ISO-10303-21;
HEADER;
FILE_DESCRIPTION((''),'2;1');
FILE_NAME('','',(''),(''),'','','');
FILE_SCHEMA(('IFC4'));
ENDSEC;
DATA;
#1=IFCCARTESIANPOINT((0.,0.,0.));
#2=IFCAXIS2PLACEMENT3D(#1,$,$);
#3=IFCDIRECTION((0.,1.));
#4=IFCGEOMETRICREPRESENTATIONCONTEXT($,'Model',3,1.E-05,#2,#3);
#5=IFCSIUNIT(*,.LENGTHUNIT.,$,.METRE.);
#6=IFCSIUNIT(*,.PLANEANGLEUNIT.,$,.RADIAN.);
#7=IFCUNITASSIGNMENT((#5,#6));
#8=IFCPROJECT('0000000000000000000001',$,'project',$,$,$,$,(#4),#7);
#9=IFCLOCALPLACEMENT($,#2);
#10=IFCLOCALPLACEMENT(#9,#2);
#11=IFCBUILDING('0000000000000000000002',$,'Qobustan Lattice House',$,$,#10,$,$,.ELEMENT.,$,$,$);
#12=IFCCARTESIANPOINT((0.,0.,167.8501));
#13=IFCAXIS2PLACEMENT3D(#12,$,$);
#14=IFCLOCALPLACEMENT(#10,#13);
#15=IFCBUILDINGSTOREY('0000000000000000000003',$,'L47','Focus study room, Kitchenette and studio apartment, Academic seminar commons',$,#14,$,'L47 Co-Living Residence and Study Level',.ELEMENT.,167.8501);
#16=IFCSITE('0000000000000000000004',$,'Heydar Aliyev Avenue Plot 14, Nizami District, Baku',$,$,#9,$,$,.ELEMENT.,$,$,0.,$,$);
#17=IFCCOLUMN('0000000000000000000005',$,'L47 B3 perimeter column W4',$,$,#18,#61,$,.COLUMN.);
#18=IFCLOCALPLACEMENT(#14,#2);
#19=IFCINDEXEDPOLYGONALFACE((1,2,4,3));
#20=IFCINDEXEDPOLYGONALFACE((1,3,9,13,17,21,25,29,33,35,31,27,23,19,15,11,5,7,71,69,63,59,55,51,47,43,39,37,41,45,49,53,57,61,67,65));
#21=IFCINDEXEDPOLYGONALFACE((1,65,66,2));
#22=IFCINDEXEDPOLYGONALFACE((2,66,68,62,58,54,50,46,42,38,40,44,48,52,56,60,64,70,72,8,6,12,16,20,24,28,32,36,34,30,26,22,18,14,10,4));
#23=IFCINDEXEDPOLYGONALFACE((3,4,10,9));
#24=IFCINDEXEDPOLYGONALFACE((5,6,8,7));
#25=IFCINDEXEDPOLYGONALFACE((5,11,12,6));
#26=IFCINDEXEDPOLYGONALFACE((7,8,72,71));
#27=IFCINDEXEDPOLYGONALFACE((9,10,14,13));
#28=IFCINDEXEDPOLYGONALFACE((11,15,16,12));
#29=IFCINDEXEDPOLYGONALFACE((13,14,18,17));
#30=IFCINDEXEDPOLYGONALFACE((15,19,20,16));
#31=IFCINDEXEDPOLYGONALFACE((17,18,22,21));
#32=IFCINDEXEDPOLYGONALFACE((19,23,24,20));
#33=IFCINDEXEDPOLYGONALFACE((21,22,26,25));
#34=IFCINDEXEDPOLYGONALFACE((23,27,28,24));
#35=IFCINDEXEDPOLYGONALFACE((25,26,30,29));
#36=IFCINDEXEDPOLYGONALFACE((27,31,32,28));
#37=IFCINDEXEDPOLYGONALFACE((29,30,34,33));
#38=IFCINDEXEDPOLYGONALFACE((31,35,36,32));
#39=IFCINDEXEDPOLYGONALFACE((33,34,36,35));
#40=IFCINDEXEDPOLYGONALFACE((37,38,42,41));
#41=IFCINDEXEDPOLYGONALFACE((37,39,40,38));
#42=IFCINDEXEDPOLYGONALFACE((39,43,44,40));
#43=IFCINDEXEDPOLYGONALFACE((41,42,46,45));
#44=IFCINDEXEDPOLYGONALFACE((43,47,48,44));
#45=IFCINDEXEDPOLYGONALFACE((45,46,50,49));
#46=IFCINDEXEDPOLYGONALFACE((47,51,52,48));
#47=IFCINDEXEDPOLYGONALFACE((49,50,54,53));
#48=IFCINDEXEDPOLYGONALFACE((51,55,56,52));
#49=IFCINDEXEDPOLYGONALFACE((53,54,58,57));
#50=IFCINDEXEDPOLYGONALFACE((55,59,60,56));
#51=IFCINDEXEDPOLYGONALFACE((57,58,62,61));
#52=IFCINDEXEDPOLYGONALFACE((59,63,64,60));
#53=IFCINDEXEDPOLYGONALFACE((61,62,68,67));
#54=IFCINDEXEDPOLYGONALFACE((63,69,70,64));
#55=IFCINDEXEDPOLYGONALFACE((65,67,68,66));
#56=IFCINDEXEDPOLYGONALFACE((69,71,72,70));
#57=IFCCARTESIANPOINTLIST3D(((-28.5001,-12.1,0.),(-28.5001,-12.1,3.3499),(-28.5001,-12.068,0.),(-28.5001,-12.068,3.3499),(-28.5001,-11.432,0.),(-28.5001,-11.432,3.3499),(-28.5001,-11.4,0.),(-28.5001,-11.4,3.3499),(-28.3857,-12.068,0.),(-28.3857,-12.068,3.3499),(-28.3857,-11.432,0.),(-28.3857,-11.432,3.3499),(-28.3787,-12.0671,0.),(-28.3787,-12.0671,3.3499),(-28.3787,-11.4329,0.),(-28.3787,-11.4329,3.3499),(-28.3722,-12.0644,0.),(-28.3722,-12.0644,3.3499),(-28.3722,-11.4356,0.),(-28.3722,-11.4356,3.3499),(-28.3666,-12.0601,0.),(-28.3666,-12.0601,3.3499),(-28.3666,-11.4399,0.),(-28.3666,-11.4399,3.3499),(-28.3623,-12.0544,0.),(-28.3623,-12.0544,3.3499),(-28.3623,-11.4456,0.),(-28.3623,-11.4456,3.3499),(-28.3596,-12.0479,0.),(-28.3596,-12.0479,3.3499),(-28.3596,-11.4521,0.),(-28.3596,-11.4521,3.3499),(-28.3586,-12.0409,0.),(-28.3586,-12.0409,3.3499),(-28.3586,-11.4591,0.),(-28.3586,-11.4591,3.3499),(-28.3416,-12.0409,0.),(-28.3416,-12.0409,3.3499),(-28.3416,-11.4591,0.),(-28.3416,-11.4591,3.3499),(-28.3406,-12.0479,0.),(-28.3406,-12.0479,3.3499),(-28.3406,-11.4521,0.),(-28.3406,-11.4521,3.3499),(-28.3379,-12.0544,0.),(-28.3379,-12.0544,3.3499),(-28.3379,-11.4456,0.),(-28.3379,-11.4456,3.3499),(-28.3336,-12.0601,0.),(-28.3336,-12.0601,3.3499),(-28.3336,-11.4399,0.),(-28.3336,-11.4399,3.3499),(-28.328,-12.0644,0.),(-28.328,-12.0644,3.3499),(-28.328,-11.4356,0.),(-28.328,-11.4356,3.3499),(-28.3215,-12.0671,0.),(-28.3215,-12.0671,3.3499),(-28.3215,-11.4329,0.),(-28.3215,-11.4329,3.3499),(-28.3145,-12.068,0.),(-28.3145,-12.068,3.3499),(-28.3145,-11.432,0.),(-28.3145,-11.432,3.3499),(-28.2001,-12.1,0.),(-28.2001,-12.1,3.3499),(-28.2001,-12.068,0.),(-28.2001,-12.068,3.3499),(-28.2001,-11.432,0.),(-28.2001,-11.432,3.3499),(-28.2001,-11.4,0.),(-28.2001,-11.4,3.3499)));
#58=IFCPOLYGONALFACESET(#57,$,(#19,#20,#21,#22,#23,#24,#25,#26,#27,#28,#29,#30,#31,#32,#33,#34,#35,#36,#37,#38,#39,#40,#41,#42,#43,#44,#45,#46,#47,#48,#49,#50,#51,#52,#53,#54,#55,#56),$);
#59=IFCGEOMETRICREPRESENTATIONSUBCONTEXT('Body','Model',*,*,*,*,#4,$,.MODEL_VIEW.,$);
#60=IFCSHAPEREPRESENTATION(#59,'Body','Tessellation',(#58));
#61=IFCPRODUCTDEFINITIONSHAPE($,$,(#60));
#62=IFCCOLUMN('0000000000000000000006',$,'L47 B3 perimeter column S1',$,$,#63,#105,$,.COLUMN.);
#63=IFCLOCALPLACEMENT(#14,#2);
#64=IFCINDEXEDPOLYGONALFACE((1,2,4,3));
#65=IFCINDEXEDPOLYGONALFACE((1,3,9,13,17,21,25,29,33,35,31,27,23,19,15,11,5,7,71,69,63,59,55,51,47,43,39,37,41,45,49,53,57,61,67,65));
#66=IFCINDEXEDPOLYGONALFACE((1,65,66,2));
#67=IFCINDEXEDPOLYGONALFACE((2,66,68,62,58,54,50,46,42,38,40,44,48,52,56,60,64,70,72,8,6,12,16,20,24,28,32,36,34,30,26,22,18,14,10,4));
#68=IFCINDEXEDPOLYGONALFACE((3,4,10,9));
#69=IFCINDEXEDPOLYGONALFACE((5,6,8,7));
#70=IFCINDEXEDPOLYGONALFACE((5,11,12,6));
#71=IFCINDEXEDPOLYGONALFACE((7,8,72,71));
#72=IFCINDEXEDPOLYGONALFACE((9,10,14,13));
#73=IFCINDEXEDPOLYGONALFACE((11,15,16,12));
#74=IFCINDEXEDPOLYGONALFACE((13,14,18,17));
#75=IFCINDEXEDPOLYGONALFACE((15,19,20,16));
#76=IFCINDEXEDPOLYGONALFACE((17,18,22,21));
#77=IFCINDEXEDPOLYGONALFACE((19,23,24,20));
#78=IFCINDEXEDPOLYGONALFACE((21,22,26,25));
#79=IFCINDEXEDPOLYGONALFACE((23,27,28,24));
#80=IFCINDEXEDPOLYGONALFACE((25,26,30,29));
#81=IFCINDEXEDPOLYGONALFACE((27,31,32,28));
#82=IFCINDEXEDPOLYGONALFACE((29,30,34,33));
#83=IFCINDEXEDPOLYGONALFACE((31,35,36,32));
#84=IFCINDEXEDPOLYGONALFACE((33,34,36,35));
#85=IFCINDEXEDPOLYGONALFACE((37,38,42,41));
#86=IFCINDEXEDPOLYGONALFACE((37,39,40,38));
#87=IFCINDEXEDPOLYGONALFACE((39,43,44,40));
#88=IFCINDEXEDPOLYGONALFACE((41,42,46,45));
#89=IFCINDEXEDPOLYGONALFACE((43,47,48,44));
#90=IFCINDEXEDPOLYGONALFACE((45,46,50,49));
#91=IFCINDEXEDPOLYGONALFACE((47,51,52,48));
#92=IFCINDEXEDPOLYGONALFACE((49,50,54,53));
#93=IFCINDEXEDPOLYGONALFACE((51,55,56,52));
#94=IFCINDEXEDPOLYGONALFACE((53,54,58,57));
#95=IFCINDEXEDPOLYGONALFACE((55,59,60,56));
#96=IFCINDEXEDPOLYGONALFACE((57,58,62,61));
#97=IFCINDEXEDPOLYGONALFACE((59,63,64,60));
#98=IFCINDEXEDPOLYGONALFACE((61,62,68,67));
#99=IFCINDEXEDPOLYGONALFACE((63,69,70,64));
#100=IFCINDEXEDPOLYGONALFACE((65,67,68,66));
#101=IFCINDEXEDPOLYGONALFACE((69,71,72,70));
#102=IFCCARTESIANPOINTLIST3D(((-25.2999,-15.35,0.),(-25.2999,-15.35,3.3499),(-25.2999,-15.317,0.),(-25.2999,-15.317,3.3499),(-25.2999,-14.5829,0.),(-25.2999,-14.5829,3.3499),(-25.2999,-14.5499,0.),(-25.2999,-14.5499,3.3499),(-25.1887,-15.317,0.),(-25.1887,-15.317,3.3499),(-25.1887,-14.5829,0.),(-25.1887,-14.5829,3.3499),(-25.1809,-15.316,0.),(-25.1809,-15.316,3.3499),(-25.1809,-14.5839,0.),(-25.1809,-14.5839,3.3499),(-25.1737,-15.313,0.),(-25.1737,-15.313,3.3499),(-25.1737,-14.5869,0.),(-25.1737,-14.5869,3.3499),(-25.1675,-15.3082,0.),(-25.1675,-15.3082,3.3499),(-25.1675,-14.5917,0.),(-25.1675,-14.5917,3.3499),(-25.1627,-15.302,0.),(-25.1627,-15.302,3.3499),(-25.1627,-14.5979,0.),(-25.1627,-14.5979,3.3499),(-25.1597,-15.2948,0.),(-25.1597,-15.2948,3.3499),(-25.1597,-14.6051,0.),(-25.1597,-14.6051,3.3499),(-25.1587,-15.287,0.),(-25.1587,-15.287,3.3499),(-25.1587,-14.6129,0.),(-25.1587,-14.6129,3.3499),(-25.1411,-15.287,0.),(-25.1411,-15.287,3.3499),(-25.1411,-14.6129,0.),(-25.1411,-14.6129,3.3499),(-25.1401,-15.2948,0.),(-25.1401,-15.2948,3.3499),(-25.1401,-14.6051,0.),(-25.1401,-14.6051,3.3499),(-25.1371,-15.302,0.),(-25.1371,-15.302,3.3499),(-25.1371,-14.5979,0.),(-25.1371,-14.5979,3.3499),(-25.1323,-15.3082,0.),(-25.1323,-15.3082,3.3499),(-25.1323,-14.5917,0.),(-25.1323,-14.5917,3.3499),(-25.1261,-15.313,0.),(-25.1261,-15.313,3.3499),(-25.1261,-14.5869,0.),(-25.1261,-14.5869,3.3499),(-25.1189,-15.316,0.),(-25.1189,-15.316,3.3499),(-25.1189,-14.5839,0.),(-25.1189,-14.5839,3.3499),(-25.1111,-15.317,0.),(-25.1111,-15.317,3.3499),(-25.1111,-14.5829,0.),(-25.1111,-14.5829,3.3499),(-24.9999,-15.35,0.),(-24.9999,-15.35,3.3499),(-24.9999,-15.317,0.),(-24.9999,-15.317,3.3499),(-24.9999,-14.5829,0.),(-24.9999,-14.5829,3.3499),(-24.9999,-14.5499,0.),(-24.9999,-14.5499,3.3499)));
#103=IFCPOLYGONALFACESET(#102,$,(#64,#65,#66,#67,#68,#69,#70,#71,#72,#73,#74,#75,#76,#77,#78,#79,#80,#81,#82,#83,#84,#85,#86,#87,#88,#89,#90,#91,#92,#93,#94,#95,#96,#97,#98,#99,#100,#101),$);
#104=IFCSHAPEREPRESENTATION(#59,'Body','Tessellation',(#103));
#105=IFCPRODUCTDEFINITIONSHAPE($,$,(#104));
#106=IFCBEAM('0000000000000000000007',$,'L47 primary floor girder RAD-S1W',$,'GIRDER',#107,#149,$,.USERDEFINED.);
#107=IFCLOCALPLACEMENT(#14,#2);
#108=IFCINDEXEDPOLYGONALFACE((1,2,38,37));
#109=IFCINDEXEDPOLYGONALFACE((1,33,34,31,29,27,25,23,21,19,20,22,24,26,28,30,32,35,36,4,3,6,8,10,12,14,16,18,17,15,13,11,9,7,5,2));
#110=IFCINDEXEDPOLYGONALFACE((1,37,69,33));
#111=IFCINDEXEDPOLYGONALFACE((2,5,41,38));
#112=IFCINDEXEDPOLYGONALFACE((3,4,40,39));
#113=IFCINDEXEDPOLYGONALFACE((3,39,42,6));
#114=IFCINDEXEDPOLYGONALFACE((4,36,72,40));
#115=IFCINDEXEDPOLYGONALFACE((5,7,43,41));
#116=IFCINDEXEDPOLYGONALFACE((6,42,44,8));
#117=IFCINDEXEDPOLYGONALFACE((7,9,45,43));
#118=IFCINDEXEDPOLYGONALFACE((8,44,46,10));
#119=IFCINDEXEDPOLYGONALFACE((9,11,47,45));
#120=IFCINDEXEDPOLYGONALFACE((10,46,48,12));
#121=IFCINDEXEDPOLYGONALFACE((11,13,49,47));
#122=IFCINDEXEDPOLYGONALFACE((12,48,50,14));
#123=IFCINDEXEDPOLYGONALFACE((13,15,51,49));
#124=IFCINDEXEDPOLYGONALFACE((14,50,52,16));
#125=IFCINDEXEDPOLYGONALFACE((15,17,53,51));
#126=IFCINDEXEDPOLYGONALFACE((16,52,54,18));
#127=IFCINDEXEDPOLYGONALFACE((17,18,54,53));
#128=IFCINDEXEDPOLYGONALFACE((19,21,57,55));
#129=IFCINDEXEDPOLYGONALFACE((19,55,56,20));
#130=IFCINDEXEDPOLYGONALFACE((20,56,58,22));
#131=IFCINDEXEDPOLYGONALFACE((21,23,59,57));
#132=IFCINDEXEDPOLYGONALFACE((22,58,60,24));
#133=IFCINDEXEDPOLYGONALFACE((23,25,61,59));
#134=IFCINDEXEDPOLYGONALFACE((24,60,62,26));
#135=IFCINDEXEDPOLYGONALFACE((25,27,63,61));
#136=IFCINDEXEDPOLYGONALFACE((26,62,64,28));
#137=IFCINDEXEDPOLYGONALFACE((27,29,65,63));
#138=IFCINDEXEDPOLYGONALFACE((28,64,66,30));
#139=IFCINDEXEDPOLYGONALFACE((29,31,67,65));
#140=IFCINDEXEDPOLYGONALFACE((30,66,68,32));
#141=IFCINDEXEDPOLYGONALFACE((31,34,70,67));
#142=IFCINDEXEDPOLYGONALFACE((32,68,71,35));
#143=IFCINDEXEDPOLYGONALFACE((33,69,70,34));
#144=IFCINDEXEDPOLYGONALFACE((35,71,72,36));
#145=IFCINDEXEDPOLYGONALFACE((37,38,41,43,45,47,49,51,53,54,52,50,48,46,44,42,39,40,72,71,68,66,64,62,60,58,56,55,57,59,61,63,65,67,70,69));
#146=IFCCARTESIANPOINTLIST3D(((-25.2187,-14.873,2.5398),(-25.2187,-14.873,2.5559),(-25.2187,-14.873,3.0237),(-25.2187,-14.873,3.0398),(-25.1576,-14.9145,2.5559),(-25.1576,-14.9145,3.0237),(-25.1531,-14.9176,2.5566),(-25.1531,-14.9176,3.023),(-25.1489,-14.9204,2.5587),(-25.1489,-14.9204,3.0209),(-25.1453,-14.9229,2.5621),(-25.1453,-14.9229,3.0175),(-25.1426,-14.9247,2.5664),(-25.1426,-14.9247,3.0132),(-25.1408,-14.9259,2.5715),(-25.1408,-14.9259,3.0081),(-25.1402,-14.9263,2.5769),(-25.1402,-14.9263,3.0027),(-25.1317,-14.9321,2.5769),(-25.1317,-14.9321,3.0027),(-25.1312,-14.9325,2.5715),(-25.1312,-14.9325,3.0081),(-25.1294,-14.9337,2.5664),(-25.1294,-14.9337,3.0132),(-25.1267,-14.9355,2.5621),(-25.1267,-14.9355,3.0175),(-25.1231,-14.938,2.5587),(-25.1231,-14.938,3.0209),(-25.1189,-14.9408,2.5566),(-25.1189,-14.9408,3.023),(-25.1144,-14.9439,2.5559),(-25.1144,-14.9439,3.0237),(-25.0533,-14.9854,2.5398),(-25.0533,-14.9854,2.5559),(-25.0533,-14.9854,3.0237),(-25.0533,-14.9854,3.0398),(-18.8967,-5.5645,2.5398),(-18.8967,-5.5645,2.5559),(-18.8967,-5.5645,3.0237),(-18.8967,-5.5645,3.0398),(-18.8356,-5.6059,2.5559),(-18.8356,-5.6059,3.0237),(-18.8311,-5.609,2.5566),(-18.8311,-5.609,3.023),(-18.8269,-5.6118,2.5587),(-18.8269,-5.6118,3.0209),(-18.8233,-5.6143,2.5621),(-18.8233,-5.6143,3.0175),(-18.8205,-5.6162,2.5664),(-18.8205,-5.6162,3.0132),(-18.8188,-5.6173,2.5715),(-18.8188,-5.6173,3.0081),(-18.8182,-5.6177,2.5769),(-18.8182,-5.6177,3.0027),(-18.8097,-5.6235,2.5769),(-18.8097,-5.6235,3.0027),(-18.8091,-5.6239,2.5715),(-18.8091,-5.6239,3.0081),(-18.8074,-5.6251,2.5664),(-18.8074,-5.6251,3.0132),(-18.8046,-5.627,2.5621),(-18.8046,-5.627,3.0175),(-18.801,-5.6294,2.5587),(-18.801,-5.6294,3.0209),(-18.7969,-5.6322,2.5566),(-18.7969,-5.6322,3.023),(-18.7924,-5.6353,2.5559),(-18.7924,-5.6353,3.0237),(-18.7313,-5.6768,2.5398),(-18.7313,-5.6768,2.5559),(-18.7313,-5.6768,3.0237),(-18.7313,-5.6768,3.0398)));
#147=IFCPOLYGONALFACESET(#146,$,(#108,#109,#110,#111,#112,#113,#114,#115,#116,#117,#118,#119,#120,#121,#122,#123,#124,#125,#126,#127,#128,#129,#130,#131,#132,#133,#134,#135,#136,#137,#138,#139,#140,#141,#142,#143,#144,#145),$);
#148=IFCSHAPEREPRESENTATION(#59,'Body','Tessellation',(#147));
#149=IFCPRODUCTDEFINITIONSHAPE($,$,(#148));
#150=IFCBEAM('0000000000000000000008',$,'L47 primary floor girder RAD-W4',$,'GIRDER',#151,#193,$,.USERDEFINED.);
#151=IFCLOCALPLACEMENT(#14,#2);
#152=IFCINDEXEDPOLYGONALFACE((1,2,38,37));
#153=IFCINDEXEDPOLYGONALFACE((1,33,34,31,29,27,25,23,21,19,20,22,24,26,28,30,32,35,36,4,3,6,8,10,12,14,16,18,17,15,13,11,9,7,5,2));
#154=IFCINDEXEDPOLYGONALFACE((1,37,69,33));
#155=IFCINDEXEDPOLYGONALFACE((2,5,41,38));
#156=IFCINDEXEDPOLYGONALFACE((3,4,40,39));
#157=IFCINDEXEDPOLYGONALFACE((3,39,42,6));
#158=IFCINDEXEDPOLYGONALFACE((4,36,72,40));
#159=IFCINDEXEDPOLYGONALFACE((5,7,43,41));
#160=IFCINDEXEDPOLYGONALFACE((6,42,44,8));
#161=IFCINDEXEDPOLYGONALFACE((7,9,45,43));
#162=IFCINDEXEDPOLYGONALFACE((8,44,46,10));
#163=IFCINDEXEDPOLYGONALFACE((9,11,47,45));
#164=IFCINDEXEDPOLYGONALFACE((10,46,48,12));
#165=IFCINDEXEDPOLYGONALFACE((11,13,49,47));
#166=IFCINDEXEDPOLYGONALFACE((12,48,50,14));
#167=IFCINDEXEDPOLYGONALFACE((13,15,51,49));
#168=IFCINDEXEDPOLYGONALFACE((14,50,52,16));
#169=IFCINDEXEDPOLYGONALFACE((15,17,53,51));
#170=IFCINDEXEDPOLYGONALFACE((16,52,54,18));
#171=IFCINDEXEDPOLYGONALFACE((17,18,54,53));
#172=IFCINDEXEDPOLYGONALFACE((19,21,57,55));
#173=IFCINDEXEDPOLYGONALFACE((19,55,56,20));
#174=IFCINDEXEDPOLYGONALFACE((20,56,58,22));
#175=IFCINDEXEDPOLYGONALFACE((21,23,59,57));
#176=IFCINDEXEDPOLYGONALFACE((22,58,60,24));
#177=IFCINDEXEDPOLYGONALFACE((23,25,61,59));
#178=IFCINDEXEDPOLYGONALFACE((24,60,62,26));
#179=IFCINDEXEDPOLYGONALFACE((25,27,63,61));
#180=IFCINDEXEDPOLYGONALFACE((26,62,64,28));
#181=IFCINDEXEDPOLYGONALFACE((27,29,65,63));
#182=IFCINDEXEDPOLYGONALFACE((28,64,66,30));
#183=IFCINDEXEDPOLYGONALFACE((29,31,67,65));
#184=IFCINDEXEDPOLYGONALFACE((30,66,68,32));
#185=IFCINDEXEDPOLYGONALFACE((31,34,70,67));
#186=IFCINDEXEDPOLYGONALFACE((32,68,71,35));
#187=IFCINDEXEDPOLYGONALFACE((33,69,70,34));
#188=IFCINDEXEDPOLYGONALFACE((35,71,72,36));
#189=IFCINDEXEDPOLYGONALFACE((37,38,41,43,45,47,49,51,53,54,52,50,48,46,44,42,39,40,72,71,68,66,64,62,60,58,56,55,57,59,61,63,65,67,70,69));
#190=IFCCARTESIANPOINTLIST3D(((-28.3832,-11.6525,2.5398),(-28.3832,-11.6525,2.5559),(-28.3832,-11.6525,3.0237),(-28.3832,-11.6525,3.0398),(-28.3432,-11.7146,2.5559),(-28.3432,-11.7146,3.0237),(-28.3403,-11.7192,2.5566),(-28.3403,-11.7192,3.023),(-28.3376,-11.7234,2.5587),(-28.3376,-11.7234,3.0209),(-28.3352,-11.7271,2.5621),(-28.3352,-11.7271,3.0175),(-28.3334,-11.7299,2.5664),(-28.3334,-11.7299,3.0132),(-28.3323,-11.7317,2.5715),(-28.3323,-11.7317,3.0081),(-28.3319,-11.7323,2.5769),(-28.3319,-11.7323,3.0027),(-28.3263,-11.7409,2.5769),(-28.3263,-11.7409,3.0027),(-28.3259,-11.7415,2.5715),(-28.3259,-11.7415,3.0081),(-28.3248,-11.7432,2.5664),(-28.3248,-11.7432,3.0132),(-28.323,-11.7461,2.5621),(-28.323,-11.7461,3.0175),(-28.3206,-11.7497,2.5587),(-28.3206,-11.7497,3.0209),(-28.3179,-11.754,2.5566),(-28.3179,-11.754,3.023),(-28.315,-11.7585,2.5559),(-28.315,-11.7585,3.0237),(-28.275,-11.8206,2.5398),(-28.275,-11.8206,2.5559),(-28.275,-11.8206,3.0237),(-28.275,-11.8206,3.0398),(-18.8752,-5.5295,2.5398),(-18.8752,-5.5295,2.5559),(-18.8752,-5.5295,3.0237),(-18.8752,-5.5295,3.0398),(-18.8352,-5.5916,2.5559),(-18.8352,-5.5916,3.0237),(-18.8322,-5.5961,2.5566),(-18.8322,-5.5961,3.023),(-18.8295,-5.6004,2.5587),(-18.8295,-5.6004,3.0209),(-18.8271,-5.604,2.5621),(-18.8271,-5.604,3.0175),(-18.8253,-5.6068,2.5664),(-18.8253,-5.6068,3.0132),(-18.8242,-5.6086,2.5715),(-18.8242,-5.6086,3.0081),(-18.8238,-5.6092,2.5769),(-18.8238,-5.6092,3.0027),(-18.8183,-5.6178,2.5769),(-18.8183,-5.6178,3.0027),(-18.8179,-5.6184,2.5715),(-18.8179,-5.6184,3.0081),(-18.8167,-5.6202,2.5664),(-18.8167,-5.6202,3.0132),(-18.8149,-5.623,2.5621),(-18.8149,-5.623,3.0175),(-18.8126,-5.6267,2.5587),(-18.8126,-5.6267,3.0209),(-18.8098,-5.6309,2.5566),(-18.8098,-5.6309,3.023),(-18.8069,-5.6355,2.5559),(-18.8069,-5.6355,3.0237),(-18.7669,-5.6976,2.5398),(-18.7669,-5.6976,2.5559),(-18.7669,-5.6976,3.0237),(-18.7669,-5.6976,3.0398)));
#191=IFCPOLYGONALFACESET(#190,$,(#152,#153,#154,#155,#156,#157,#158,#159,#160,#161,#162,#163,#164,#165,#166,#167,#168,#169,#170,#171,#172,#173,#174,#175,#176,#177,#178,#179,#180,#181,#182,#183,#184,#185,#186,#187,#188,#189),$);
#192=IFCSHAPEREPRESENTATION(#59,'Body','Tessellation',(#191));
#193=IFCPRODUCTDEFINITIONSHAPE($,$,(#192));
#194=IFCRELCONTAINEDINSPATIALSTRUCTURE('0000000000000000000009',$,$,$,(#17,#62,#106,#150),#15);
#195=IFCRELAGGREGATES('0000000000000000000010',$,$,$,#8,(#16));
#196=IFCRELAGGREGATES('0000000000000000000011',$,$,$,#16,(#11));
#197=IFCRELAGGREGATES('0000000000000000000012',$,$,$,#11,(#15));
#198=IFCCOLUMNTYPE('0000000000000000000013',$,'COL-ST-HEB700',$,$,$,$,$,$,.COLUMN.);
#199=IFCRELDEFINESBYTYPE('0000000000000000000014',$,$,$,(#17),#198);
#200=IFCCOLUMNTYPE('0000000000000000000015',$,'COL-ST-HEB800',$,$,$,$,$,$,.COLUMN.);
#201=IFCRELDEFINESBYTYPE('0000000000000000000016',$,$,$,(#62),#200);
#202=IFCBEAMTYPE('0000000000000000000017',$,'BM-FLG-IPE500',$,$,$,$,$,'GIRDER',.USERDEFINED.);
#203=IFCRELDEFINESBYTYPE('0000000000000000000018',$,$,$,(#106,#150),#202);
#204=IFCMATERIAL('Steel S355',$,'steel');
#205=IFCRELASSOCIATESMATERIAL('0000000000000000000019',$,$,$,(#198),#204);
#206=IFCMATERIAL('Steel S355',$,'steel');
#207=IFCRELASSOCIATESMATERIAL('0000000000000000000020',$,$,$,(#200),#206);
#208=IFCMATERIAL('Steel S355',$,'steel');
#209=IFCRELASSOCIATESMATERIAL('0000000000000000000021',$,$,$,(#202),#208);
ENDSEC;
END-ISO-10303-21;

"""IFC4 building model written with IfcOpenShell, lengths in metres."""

from ifc_helpers import new_model, si_unit, direction, frame, origin, origin_2d, place, context, subcontext, project, spatial, i_section, extrude, material, material_profile, profile_set, type_object, element, save


model = new_model("IFC4")

# Units and contexts
model_context = context("Model", 3, precision=1e-05, world=origin(), true_north=direction((0.0, 1.0)))
body_context = subcontext(model_context, "Body", "Model", "MODEL_VIEW")
ifc_project = project(units=[si_unit("LENGTHUNIT", "METRE"), si_unit("PLANEANGLEUNIT", "RADIAN")], contexts=[model_context])

# Site, building, storey
site_placement = place(None, origin())
site = spatial("IfcSite", under=ifc_project, at=site_placement, Name="Heydar Aliyev Avenue Plot 14, Nizami District, Baku", CompositionType="ELEMENT", RefElevation=0.0)
building_placement = place(site_placement, origin())
building = spatial("IfcBuilding", under=site, at=building_placement, Name="Qobustan Lattice House", CompositionType="ELEMENT")
storey_placement = place(building_placement, frame((0.0, 0.0, 167.8501)))
storey = spatial("IfcBuildingStorey", under=building, at=storey_placement, Name="L47", Description="Focus study room, Kitchenette and studio apartment, Academic seminar commons", LongName="L47 Co-Living Residence and Study Level", CompositionType="ELEMENT", Elevation=167.8501)

# Columns
ifc_material_1 = material(Name="Steel S355", Category="steel")
ifc_material_profile_1 = material_profile(ifc_material_1, i_section(OverallWidth=0.3, OverallDepth=0.7, WebThickness=0.0171, FlangeThickness=0.032, FilletRadius=0.0271, at=origin_2d()), Name="HEB700")
ifc_profile_set_1 = profile_set([ifc_material_profile_1], Name="Steel S355")
column_type_1 = type_object("IfcColumnType", Name="COL-ST-HEB700", PredefinedType="COLUMN", material=ifc_profile_set_1)
column_1_placement = place(storey_placement, frame((-28.3501, -11.75, 0.0), z_axis=(0.0, 0.0, 1.0), x_axis=(1.0, 0.0, 0.0)))
element("IfcColumn", 1, at=column_1_placement, inside=storey, type_object=column_type_1, Name="L47 B3 perimeter column W4", PredefinedType="COLUMN", context=body_context, shape_type="SweptSolid", body=[
    extrude(i_section(OverallWidth=0.3, OverallDepth=0.7, WebThickness=0.0171, FlangeThickness=0.032, FilletRadius=0.0271, at=origin_2d()), origin(), (0.0, 0.0, 1.0), 3.3499),
])
ifc_material_2 = material(Name="Steel S355", Category="steel")
ifc_material_profile_2 = material_profile(ifc_material_2, i_section(OverallWidth=0.3, OverallDepth=0.8, WebThickness=0.0176, FlangeThickness=0.033, FilletRadius=0.03, at=origin_2d()), Name="HEB800")
ifc_profile_set_2 = profile_set([ifc_material_profile_2], Name="Steel S355")
column_type_2 = type_object("IfcColumnType", Name="COL-ST-HEB800", PredefinedType="COLUMN", material=ifc_profile_set_2)
column_2_placement = place(storey_placement, frame((-25.1499, -14.95, 0.0), z_axis=(0.0, 0.0, 1.0), x_axis=(1.0, 0.0, 0.0)))
element("IfcColumn", 2, at=column_2_placement, inside=storey, type_object=column_type_2, Name="L47 B3 perimeter column S1", PredefinedType="COLUMN", context=body_context, shape_type="SweptSolid", body=[
    extrude(i_section(OverallWidth=0.3, OverallDepth=0.8, WebThickness=0.0176, FlangeThickness=0.033, FilletRadius=0.03, at=origin_2d()), origin(), (0.0, 0.0, 1.0), 3.3499),
])

# Beams
ifc_material_3 = material(Name="Steel S355", Category="steel")
ifc_material_profile_3 = material_profile(ifc_material_3, i_section(OverallWidth=0.2, OverallDepth=0.5, WebThickness=0.0103, FlangeThickness=0.0161, FilletRadius=0.021, at=origin_2d()), Name="IPE500")
ifc_profile_set_3 = profile_set([ifc_material_profile_3], Name="Steel S355")
beam_type_1 = type_object("IfcBeamType", Name="BM-FLG-IPE500", ElementType="GIRDER", PredefinedType="USERDEFINED", material=ifc_profile_set_3)
beam_1_placement = place(storey_placement, frame((-25.136, -14.9292, 2.7898), z_axis=(0.561835, 0.82725, 0.0), x_axis=(-0.82725, 0.561835, 0.0)))
element("IfcBeam", 3, at=beam_1_placement, inside=storey, type_object=beam_type_1, Name="L47 primary floor girder RAD-S1W", ObjectType="GIRDER", PredefinedType="USERDEFINED", context=body_context, shape_type="SweptSolid", body=[
    extrude(i_section(OverallWidth=0.2, OverallDepth=0.5, WebThickness=0.0103, FlangeThickness=0.0161, FilletRadius=0.021, at=origin_2d()), origin(), (0.0, 0.0, 1.0), 11.2524),
])
beam_2_placement = place(storey_placement, frame((-28.3291, -11.7366, 2.7898), z_axis=(0.840747, 0.541428, 0.0), x_axis=(-0.541428, 0.840747, 0.0)))
element("IfcBeam", 4, at=beam_2_placement, inside=storey, type_object=beam_type_1, Name="L47 primary floor girder RAD-W4", ObjectType="GIRDER", PredefinedType="USERDEFINED", context=body_context, shape_type="SweptSolid", body=[
    extrude(i_section(OverallWidth=0.2, OverallDepth=0.5, WebThickness=0.0103, FlangeThickness=0.0161, FilletRadius=0.021, at=origin_2d()), origin(), (0.0, 0.0, 1.0), 11.3091),
])

save(model, "model.ifc")
